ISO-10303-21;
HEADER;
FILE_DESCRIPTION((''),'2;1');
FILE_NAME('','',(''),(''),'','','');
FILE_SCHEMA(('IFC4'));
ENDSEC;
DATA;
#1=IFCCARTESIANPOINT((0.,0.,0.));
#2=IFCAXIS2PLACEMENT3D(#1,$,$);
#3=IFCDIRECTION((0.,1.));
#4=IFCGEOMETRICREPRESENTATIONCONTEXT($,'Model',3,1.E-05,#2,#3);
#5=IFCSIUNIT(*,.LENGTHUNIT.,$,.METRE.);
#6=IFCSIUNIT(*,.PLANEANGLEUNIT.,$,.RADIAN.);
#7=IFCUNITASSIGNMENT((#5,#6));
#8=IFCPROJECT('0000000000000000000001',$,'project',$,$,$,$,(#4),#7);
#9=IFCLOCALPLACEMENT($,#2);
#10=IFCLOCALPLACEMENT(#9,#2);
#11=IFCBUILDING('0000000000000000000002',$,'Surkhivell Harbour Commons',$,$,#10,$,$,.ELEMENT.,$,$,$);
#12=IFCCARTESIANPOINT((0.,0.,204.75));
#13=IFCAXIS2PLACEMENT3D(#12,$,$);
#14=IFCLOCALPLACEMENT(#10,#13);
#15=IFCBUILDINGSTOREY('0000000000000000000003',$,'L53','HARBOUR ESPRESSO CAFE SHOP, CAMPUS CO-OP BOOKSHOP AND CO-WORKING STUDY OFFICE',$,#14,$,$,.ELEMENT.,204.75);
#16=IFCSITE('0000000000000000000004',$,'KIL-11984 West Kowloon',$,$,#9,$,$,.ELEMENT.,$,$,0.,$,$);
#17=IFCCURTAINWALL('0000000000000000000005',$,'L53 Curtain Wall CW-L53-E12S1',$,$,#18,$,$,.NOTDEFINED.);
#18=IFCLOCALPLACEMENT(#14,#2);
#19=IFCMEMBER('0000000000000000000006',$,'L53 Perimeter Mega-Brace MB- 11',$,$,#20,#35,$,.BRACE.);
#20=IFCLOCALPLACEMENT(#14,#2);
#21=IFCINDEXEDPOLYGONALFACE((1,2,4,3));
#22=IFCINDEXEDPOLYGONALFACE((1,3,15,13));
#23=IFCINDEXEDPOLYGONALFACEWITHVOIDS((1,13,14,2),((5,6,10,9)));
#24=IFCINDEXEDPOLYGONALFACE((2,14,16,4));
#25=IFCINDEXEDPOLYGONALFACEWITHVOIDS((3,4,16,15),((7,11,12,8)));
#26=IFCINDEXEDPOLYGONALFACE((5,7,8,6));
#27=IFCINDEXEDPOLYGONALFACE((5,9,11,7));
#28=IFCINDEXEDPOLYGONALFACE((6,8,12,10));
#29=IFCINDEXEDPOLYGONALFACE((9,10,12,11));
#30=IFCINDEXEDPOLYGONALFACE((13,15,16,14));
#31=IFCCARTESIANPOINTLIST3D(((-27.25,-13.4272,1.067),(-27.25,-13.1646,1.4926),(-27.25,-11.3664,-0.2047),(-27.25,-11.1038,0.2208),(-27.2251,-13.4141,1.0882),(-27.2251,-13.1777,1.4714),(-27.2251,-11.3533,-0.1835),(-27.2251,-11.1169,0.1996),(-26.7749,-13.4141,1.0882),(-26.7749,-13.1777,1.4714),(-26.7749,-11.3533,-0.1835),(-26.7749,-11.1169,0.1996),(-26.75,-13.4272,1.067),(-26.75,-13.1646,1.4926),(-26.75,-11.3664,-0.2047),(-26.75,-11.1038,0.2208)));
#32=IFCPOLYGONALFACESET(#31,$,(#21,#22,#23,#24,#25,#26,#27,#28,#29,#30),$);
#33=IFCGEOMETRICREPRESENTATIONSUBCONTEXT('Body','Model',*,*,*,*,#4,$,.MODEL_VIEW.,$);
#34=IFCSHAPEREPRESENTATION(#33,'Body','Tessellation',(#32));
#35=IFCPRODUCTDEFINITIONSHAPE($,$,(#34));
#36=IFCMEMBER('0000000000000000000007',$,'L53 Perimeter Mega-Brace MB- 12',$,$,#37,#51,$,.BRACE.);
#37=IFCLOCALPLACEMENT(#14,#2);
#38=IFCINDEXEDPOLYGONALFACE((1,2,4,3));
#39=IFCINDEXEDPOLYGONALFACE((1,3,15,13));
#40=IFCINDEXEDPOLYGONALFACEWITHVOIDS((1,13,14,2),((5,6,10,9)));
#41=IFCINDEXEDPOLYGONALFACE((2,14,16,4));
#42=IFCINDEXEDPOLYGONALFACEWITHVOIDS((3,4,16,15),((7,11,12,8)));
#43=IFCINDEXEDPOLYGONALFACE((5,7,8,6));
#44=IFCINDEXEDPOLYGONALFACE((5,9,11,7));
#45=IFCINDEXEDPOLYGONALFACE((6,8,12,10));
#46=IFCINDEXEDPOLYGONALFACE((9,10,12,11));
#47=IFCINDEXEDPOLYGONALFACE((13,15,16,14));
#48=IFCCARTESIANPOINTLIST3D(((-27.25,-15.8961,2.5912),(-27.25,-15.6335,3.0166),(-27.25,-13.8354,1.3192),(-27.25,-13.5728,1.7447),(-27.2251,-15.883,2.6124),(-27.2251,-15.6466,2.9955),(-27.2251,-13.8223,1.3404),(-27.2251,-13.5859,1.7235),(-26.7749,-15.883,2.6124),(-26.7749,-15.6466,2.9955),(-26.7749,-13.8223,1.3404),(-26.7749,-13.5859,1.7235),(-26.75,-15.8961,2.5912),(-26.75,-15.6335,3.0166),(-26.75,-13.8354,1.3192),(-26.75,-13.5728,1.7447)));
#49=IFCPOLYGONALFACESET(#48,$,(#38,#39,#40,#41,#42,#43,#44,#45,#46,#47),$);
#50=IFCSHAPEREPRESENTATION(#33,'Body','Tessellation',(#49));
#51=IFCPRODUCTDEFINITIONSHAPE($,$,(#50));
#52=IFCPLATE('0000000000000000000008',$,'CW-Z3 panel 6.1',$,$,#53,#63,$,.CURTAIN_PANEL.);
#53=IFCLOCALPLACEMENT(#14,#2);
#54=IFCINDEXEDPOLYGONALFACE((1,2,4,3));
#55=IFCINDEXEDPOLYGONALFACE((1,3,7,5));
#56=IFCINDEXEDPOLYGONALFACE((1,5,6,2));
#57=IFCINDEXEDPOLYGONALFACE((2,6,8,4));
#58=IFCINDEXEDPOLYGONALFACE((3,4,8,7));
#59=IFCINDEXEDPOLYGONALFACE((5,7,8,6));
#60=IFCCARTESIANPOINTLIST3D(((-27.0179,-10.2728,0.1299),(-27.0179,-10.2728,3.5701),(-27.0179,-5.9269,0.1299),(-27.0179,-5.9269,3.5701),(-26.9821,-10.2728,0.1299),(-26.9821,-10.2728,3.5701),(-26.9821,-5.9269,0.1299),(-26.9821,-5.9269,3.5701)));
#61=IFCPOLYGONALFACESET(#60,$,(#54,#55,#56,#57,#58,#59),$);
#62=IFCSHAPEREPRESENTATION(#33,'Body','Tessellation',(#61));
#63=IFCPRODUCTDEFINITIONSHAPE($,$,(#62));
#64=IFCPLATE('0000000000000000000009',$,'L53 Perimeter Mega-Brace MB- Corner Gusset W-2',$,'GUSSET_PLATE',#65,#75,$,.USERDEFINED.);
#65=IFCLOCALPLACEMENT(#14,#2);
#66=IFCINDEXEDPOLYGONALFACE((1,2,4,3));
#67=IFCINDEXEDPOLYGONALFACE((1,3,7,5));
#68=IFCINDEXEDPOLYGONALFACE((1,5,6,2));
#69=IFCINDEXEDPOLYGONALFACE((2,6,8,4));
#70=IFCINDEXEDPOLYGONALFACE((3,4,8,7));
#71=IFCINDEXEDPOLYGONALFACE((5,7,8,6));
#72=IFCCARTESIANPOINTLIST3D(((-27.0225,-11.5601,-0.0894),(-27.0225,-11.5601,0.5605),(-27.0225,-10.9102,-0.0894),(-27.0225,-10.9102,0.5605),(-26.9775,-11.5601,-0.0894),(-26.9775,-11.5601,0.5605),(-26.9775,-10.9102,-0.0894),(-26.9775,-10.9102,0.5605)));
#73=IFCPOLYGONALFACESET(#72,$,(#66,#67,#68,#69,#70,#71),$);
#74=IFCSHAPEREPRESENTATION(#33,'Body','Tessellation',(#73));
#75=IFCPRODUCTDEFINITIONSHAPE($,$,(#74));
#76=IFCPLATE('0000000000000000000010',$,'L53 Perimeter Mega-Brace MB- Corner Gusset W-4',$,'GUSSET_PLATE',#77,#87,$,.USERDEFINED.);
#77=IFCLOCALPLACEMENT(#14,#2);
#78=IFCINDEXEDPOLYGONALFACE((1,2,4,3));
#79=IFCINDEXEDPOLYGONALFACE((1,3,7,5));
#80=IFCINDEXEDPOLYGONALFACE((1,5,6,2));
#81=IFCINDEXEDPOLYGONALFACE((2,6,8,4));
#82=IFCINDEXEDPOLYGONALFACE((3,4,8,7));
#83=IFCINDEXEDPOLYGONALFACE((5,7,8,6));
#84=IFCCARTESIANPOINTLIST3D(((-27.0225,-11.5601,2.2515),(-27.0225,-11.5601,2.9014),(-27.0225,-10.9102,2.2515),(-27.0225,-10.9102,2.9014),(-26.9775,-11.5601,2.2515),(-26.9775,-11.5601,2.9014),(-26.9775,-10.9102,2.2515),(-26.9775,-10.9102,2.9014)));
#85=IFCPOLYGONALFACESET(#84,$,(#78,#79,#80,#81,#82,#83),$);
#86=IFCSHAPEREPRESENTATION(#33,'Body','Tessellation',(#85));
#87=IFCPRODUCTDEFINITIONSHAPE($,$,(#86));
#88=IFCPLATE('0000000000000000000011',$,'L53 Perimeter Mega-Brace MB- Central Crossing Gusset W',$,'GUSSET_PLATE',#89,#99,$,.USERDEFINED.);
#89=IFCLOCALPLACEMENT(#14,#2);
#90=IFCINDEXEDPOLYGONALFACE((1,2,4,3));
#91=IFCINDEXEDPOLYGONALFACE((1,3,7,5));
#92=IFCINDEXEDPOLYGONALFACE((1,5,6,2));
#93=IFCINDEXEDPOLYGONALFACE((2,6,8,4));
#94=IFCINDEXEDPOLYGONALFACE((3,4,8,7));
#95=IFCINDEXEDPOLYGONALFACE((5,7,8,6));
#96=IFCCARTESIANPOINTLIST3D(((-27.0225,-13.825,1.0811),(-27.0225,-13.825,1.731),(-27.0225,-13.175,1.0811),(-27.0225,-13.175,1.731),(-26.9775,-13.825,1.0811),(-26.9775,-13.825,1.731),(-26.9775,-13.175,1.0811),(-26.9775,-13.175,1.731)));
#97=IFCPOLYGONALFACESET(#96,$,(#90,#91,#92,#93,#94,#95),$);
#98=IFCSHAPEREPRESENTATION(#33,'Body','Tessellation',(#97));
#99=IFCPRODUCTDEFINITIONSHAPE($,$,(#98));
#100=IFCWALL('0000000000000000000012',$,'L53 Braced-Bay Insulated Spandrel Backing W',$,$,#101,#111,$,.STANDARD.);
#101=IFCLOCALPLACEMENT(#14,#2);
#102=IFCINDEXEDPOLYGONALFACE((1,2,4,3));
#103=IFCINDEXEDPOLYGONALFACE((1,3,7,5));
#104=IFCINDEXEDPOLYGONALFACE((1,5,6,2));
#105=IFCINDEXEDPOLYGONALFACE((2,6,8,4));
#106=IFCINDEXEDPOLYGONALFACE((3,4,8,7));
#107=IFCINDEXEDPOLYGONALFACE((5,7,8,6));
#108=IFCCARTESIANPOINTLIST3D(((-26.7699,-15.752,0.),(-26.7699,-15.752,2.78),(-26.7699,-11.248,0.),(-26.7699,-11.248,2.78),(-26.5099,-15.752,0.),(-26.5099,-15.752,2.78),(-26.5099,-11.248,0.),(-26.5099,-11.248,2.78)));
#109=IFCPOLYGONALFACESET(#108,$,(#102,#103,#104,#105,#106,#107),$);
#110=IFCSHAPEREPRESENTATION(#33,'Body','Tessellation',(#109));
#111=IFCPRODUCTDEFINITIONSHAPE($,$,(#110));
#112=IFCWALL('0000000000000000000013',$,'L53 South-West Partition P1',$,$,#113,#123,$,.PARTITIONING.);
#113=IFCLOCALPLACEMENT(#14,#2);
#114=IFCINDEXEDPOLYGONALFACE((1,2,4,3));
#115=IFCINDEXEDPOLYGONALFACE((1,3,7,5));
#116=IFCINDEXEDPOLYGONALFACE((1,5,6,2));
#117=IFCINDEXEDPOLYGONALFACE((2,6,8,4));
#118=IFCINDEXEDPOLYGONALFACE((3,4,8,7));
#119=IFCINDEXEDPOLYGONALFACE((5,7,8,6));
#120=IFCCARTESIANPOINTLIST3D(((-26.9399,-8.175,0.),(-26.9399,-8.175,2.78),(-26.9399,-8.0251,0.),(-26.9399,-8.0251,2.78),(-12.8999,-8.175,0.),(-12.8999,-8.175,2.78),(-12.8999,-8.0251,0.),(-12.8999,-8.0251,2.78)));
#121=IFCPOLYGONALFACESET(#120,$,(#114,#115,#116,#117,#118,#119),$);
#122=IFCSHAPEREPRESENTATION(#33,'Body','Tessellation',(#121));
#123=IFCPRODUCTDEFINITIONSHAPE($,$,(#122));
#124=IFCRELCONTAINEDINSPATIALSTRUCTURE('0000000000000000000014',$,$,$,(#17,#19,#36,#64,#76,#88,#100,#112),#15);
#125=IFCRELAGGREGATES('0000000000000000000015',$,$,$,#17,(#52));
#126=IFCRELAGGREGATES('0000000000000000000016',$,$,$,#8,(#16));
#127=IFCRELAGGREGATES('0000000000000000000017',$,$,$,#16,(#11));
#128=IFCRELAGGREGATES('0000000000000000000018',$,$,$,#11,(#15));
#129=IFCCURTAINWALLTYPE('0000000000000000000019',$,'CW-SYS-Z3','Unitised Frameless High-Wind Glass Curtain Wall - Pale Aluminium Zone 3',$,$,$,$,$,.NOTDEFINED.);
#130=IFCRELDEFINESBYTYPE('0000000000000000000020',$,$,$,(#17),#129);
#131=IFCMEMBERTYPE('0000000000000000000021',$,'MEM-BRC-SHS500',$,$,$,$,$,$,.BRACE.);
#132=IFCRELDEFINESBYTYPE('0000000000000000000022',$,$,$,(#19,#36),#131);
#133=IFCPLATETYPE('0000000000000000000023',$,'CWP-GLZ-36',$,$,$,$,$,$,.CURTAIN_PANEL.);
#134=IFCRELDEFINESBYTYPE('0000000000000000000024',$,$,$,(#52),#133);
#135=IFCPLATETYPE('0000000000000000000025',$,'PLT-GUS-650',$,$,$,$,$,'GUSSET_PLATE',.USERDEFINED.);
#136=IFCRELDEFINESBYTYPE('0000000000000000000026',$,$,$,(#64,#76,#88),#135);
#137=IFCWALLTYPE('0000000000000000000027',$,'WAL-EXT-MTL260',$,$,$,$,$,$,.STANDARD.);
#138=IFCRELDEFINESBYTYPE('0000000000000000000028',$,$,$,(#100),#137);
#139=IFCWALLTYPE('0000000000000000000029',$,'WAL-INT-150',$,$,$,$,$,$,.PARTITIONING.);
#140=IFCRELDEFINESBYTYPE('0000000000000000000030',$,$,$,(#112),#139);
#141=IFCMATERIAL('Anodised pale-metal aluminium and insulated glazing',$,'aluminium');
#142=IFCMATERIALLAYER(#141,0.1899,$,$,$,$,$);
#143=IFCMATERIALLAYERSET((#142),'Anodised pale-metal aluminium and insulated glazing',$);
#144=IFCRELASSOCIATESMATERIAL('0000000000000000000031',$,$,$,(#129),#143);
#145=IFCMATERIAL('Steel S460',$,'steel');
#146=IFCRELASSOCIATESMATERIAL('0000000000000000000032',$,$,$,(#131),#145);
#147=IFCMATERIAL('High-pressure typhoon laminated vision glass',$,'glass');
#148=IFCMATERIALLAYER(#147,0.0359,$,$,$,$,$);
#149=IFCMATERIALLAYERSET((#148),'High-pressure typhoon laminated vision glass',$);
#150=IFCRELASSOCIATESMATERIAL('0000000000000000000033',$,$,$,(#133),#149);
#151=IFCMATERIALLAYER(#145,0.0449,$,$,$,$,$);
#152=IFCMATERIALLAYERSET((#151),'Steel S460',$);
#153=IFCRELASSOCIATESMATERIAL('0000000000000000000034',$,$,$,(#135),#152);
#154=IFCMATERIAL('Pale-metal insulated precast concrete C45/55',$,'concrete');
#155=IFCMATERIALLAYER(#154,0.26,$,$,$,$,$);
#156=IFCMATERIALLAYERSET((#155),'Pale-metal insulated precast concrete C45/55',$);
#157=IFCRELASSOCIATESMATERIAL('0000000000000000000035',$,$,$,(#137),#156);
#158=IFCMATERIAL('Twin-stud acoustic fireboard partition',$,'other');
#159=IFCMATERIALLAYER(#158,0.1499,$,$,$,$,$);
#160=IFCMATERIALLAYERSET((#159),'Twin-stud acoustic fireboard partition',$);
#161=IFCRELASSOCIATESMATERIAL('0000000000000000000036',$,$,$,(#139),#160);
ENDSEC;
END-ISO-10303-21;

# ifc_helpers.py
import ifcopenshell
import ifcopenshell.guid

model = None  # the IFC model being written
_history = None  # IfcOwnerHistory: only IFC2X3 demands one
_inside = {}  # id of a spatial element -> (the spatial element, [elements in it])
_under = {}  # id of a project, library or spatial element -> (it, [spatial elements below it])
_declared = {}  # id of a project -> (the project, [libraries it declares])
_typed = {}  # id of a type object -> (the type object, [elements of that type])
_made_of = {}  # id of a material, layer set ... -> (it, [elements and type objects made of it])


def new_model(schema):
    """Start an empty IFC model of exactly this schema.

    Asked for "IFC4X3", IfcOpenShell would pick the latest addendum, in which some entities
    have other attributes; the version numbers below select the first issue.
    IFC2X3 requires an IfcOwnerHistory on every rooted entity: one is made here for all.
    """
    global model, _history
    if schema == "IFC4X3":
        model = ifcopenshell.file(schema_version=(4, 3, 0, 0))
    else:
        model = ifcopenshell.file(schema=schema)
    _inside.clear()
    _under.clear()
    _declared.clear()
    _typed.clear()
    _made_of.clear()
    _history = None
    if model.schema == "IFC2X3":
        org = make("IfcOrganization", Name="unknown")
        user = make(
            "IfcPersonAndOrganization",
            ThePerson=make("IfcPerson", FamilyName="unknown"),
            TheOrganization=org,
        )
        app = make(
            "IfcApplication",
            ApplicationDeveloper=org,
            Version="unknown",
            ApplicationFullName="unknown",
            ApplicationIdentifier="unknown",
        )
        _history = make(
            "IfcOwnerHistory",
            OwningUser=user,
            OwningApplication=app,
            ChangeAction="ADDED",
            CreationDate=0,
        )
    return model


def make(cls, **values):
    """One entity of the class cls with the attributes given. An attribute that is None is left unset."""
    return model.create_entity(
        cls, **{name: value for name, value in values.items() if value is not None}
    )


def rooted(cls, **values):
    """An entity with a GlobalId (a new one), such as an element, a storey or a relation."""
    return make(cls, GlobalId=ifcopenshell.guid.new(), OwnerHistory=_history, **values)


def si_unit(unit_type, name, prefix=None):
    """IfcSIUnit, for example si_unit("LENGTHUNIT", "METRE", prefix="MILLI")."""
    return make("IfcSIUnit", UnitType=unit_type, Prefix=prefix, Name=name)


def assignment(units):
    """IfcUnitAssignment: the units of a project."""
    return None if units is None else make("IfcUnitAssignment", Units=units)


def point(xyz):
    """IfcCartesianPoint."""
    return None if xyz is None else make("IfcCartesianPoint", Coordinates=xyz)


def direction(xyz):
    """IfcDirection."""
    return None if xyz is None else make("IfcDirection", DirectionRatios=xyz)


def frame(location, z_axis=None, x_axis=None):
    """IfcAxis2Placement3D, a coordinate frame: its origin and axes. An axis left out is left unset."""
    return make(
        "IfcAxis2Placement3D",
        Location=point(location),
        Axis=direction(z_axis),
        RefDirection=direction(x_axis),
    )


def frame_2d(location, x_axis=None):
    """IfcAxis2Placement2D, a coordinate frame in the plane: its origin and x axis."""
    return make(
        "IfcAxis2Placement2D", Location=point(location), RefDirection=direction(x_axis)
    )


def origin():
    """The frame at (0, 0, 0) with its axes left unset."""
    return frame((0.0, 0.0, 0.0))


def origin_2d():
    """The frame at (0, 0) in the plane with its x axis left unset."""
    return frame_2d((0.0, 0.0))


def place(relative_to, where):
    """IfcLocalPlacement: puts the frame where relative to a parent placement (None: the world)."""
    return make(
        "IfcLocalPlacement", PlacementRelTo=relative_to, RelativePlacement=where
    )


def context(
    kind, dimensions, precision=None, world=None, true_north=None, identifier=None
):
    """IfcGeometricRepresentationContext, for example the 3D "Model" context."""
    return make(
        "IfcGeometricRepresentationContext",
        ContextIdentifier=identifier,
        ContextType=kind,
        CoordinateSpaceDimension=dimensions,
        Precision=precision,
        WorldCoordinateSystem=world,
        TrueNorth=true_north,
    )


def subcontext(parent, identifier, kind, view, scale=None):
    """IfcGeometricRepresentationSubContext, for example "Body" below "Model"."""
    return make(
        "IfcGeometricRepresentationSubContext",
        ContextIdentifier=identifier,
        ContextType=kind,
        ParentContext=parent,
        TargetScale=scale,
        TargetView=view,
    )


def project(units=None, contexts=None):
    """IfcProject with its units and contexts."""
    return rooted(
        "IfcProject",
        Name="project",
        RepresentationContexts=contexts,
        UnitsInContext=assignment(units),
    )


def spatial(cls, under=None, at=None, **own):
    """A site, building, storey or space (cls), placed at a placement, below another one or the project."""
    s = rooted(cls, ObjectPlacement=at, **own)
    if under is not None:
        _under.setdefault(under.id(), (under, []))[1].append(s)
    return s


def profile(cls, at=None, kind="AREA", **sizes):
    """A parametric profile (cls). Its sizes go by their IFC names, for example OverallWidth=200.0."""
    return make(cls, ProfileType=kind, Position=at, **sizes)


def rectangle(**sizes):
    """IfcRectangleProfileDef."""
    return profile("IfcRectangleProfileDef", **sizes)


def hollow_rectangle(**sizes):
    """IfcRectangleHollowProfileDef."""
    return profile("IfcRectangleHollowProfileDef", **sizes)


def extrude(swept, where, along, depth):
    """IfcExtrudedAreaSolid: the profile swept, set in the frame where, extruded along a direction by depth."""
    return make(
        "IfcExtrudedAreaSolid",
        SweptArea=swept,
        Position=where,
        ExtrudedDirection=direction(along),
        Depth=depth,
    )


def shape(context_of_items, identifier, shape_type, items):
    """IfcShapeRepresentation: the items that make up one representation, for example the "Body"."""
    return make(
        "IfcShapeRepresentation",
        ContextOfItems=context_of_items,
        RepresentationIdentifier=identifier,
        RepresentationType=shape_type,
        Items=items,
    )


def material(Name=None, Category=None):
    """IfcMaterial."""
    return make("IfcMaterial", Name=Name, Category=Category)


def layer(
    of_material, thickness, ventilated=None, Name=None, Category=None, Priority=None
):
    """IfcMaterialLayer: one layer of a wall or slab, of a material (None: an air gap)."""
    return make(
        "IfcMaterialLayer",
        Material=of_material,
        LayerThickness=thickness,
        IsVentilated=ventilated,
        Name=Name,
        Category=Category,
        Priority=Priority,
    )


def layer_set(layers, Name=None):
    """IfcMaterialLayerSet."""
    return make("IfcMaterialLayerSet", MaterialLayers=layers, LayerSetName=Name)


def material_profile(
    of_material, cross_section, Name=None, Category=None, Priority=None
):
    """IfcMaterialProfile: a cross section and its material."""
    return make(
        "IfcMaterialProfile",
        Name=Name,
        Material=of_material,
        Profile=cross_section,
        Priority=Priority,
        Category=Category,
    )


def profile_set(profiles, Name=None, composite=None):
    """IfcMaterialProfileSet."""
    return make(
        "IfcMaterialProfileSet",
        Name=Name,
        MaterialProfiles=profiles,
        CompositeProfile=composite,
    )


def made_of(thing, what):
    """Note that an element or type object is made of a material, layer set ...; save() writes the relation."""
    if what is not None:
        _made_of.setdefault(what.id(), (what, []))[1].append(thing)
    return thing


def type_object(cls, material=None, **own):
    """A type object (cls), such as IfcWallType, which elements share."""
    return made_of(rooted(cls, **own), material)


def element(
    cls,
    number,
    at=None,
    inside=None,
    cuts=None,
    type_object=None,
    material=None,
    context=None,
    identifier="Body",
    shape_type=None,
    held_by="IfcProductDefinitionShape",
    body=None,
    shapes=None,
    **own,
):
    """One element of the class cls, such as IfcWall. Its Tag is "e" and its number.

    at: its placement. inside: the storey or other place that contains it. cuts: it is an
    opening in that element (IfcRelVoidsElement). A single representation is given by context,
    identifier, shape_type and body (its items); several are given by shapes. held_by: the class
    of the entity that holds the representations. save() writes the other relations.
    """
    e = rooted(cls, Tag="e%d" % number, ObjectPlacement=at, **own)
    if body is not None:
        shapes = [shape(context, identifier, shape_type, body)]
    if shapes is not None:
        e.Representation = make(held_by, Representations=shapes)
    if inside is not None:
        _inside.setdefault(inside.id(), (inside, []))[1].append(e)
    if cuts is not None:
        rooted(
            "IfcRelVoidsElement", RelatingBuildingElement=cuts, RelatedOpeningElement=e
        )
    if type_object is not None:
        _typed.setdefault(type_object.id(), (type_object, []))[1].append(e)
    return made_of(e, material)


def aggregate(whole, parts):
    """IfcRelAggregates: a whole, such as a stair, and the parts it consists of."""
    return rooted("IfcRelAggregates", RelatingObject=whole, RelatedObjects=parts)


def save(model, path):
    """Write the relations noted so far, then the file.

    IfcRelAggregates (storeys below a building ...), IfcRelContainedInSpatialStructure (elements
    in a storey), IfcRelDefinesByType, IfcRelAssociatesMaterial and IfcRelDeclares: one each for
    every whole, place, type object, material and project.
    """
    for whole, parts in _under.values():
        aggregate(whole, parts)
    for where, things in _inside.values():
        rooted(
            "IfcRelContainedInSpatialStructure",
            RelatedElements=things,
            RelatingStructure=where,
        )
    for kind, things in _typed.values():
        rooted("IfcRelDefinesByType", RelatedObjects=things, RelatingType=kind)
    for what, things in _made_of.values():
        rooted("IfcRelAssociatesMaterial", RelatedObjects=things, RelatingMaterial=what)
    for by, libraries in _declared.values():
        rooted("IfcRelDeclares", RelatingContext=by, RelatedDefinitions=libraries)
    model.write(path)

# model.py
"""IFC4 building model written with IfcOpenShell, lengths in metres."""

from ifc_helpers import new_model, si_unit, direction, frame, frame_2d, origin, origin_2d, place, context, subcontext, project, spatial, rectangle, hollow_rectangle, extrude, material, layer, layer_set, material_profile, profile_set, type_object, element, aggregate, save


model = new_model("IFC4")

# Units and contexts
model_context = context("Model", 3, precision=1e-05, world=origin(), true_north=direction((0.0, 1.0)))
body_context = subcontext(model_context, "Body", "Model", "MODEL_VIEW")
ifc_project = project(units=[si_unit("LENGTHUNIT", "METRE"), si_unit("PLANEANGLEUNIT", "RADIAN")], contexts=[model_context])

# Site, building, storey
site_placement = place(None, origin())
site = spatial("IfcSite", under=ifc_project, at=site_placement, Name="KIL-11984 West Kowloon", CompositionType="ELEMENT", RefElevation=0.0)
building_placement = place(site_placement, origin())
building = spatial("IfcBuilding", under=site, at=building_placement, Name="Surkhivell Harbour Commons", CompositionType="ELEMENT")
storey_placement = place(building_placement, frame((0.0, 0.0, 204.75)))
storey = spatial("IfcBuildingStorey", under=building, at=storey_placement, Name="L53", Description="HARBOUR ESPRESSO CAFE SHOP, CAMPUS CO-OP BOOKSHOP AND CO-WORKING STUDY OFFICE", CompositionType="ELEMENT", Elevation=204.75)

# Curtain wall
ifc_material_1 = material(Name="Anodised pale-metal aluminium and insulated glazing", Category="aluminium")
ifc_layer_1 = layer(ifc_material_1, 0.1899)
ifc_layer_set_1 = layer_set([ifc_layer_1], Name="Anodised pale-metal aluminium and insulated glazing")
curtain_wall_type = type_object("IfcCurtainWallType", Name="CW-SYS-Z3", Description="Unitised Frameless High-Wind Glass Curtain Wall - Pale Aluminium Zone 3", PredefinedType="NOTDEFINED", material=ifc_layer_set_1)
curtain_wall_placement = place(storey_placement, origin())
curtain_wall = element("IfcCurtainWall", 1, at=curtain_wall_placement, inside=storey, type_object=curtain_wall_type, Name="L53 Curtain Wall CW-L53-E12S1", PredefinedType="NOTDEFINED")

# Members
ifc_material_2 = material(Name="Steel S460", Category="steel")
ifc_material_profile_1 = material_profile(ifc_material_2, hollow_rectangle(XDim=0.5, YDim=0.5, WallThickness=0.0249, at=origin_2d()), Name="SHS500x500x25")
ifc_profile_set_1 = profile_set([ifc_material_profile_1], Name="Steel S460")
member_type_1 = type_object("IfcMemberType", Name="MEM-BRC-SHS500", PredefinedType="BRACE", material=ifc_profile_set_1)
for number, where, z_axis, x_axis, name in (
    (2, (-27.0, -11.2351, 0.0081), (0.0, -0.851003, 0.52516), (1.0, 0.0, 0.0), "L53 Perimeter Mega-Brace MB- 11"),
    (3, (-27.0, -13.7041, 1.532), (0.0, -0.850958, 0.525233), (1.0, 0.0, 0.0), "L53 Perimeter Mega-Brace MB- 12"),
):
    element("IfcMember", number, at=place(storey_placement, frame(where, z_axis=z_axis, x_axis=x_axis)), inside=storey, type_object=member_type_1, Name=name, PredefinedType="BRACE", context=body_context, shape_type="SweptSolid", body=[
        extrude(hollow_rectangle(XDim=0.5, YDim=0.5, WallThickness=0.0249, at=origin_2d()), origin(), (0.0, 0.0, 1.0), 2.4216),
    ])

# Plate
ifc_material_3 = material(Name="High-pressure typhoon laminated vision glass", Category="glass")
ifc_layer_2 = layer(ifc_material_3, 0.0359)
ifc_layer_set_2 = layer_set([ifc_layer_2], Name="High-pressure typhoon laminated vision glass")
plate_type_1 = type_object("IfcPlateType", Name="CWP-GLZ-36", PredefinedType="CURTAIN_PANEL", material=ifc_layer_set_2)
plate_placement = place(storey_placement, frame((-27.0, -5.927, 0.1299), z_axis=(0.0, 0.0, 1.0), x_axis=(0.0, -1.0, 0.0)))
plate = element("IfcPlate", 4, at=plate_placement, type_object=plate_type_1, Name="CW-Z3 panel 6.1", PredefinedType="CURTAIN_PANEL", context=body_context, shape_type="SweptSolid", body=[
    extrude(rectangle(XDim=4.3459, YDim=0.0359, at=frame_2d((2.1729, 0.0))), origin(), (0.0, 0.0, 1.0), 3.4402),
])
aggregate(curtain_wall, [plate])

# Plates
ifc_layer_3 = layer(ifc_material_2, 0.0449)
ifc_layer_set_3 = layer_set([ifc_layer_3], Name="Steel S460")
plate_type_2 = type_object("IfcPlateType", Name="PLT-GUS-650", ElementType="GUSSET_PLATE", PredefinedType="USERDEFINED", material=ifc_layer_set_3)
for number, where, z_axis, x_axis, name in (
    (5, (-27.0, -11.2351, -0.0894), (0.0, 0.0, 1.0), (0.0, 1.0, 0.0), "L53 Perimeter Mega-Brace MB- Corner Gusset W-2"),
    (6, (-27.0, -11.2351, 2.2515), (0.0, 0.0, 1.0), (0.0, 1.0, 0.0), "L53 Perimeter Mega-Brace MB- Corner Gusset W-4"),
    (7, (-27.0, -13.5, 1.0811), (0.0, 0.0, 1.0), (0.0, 1.0, 0.0), "L53 Perimeter Mega-Brace MB- Central Crossing Gusset W"),
):
    element("IfcPlate", number, at=place(storey_placement, frame(where, z_axis=z_axis, x_axis=x_axis)), inside=storey, type_object=plate_type_2, Name=name, ObjectType="GUSSET_PLATE", PredefinedType="USERDEFINED", context=body_context, shape_type="SweptSolid", body=[
        extrude(rectangle(XDim=0.6499, YDim=0.0449, at=origin_2d()), origin(), (0.0, 0.0, 1.0), 0.6499),
    ])

# Walls
ifc_material_4 = material(Name="Pale-metal insulated precast concrete C45/55", Category="concrete")
ifc_layer_4 = layer(ifc_material_4, 0.26)
ifc_layer_set_4 = layer_set([ifc_layer_4], Name="Pale-metal insulated precast concrete C45/55")
wall_type_1 = type_object("IfcWallType", Name="WAL-EXT-MTL260", PredefinedType="STANDARD", material=ifc_layer_set_4)
wall_1_placement = place(storey_placement, frame((-26.6399, -11.248, 0.0), z_axis=(0.0, 0.0, 1.0), x_axis=(0.0, -1.0, 0.0)))
element("IfcWall", 8, at=wall_1_placement, inside=storey, type_object=wall_type_1, Name="L53 Braced-Bay Insulated Spandrel Backing W", PredefinedType="STANDARD", context=body_context, shape_type="SweptSolid", body=[
    extrude(rectangle(XDim=4.5039, YDim=0.26, at=frame_2d((2.252, 0.0))), origin(), (0.0, 0.0, 1.0), 2.78),
])
ifc_material_5 = material(Name="Twin-stud acoustic fireboard partition", Category="other")
ifc_layer_5 = layer(ifc_material_5, 0.1499)
ifc_layer_set_5 = layer_set([ifc_layer_5], Name="Twin-stud acoustic fireboard partition")
wall_type_2 = type_object("IfcWallType", Name="WAL-INT-150", PredefinedType="PARTITIONING", material=ifc_layer_set_5)
wall_2_placement = place(storey_placement, frame((-26.9399, -8.1001, 0.0), z_axis=(0.0, 0.0, 1.0), x_axis=(1.0, 0.0, 0.0)))
element("IfcWall", 9, at=wall_2_placement, inside=storey, type_object=wall_type_2, Name="L53 South-West Partition P1", PredefinedType="PARTITIONING", context=body_context, shape_type="SweptSolid", body=[
    extrude(rectangle(XDim=14.04, YDim=0.1499, at=frame_2d((7.02, 0.0))), origin(), (0.0, 0.0, 1.0), 2.78),
])

save(model, "model.ifc")
